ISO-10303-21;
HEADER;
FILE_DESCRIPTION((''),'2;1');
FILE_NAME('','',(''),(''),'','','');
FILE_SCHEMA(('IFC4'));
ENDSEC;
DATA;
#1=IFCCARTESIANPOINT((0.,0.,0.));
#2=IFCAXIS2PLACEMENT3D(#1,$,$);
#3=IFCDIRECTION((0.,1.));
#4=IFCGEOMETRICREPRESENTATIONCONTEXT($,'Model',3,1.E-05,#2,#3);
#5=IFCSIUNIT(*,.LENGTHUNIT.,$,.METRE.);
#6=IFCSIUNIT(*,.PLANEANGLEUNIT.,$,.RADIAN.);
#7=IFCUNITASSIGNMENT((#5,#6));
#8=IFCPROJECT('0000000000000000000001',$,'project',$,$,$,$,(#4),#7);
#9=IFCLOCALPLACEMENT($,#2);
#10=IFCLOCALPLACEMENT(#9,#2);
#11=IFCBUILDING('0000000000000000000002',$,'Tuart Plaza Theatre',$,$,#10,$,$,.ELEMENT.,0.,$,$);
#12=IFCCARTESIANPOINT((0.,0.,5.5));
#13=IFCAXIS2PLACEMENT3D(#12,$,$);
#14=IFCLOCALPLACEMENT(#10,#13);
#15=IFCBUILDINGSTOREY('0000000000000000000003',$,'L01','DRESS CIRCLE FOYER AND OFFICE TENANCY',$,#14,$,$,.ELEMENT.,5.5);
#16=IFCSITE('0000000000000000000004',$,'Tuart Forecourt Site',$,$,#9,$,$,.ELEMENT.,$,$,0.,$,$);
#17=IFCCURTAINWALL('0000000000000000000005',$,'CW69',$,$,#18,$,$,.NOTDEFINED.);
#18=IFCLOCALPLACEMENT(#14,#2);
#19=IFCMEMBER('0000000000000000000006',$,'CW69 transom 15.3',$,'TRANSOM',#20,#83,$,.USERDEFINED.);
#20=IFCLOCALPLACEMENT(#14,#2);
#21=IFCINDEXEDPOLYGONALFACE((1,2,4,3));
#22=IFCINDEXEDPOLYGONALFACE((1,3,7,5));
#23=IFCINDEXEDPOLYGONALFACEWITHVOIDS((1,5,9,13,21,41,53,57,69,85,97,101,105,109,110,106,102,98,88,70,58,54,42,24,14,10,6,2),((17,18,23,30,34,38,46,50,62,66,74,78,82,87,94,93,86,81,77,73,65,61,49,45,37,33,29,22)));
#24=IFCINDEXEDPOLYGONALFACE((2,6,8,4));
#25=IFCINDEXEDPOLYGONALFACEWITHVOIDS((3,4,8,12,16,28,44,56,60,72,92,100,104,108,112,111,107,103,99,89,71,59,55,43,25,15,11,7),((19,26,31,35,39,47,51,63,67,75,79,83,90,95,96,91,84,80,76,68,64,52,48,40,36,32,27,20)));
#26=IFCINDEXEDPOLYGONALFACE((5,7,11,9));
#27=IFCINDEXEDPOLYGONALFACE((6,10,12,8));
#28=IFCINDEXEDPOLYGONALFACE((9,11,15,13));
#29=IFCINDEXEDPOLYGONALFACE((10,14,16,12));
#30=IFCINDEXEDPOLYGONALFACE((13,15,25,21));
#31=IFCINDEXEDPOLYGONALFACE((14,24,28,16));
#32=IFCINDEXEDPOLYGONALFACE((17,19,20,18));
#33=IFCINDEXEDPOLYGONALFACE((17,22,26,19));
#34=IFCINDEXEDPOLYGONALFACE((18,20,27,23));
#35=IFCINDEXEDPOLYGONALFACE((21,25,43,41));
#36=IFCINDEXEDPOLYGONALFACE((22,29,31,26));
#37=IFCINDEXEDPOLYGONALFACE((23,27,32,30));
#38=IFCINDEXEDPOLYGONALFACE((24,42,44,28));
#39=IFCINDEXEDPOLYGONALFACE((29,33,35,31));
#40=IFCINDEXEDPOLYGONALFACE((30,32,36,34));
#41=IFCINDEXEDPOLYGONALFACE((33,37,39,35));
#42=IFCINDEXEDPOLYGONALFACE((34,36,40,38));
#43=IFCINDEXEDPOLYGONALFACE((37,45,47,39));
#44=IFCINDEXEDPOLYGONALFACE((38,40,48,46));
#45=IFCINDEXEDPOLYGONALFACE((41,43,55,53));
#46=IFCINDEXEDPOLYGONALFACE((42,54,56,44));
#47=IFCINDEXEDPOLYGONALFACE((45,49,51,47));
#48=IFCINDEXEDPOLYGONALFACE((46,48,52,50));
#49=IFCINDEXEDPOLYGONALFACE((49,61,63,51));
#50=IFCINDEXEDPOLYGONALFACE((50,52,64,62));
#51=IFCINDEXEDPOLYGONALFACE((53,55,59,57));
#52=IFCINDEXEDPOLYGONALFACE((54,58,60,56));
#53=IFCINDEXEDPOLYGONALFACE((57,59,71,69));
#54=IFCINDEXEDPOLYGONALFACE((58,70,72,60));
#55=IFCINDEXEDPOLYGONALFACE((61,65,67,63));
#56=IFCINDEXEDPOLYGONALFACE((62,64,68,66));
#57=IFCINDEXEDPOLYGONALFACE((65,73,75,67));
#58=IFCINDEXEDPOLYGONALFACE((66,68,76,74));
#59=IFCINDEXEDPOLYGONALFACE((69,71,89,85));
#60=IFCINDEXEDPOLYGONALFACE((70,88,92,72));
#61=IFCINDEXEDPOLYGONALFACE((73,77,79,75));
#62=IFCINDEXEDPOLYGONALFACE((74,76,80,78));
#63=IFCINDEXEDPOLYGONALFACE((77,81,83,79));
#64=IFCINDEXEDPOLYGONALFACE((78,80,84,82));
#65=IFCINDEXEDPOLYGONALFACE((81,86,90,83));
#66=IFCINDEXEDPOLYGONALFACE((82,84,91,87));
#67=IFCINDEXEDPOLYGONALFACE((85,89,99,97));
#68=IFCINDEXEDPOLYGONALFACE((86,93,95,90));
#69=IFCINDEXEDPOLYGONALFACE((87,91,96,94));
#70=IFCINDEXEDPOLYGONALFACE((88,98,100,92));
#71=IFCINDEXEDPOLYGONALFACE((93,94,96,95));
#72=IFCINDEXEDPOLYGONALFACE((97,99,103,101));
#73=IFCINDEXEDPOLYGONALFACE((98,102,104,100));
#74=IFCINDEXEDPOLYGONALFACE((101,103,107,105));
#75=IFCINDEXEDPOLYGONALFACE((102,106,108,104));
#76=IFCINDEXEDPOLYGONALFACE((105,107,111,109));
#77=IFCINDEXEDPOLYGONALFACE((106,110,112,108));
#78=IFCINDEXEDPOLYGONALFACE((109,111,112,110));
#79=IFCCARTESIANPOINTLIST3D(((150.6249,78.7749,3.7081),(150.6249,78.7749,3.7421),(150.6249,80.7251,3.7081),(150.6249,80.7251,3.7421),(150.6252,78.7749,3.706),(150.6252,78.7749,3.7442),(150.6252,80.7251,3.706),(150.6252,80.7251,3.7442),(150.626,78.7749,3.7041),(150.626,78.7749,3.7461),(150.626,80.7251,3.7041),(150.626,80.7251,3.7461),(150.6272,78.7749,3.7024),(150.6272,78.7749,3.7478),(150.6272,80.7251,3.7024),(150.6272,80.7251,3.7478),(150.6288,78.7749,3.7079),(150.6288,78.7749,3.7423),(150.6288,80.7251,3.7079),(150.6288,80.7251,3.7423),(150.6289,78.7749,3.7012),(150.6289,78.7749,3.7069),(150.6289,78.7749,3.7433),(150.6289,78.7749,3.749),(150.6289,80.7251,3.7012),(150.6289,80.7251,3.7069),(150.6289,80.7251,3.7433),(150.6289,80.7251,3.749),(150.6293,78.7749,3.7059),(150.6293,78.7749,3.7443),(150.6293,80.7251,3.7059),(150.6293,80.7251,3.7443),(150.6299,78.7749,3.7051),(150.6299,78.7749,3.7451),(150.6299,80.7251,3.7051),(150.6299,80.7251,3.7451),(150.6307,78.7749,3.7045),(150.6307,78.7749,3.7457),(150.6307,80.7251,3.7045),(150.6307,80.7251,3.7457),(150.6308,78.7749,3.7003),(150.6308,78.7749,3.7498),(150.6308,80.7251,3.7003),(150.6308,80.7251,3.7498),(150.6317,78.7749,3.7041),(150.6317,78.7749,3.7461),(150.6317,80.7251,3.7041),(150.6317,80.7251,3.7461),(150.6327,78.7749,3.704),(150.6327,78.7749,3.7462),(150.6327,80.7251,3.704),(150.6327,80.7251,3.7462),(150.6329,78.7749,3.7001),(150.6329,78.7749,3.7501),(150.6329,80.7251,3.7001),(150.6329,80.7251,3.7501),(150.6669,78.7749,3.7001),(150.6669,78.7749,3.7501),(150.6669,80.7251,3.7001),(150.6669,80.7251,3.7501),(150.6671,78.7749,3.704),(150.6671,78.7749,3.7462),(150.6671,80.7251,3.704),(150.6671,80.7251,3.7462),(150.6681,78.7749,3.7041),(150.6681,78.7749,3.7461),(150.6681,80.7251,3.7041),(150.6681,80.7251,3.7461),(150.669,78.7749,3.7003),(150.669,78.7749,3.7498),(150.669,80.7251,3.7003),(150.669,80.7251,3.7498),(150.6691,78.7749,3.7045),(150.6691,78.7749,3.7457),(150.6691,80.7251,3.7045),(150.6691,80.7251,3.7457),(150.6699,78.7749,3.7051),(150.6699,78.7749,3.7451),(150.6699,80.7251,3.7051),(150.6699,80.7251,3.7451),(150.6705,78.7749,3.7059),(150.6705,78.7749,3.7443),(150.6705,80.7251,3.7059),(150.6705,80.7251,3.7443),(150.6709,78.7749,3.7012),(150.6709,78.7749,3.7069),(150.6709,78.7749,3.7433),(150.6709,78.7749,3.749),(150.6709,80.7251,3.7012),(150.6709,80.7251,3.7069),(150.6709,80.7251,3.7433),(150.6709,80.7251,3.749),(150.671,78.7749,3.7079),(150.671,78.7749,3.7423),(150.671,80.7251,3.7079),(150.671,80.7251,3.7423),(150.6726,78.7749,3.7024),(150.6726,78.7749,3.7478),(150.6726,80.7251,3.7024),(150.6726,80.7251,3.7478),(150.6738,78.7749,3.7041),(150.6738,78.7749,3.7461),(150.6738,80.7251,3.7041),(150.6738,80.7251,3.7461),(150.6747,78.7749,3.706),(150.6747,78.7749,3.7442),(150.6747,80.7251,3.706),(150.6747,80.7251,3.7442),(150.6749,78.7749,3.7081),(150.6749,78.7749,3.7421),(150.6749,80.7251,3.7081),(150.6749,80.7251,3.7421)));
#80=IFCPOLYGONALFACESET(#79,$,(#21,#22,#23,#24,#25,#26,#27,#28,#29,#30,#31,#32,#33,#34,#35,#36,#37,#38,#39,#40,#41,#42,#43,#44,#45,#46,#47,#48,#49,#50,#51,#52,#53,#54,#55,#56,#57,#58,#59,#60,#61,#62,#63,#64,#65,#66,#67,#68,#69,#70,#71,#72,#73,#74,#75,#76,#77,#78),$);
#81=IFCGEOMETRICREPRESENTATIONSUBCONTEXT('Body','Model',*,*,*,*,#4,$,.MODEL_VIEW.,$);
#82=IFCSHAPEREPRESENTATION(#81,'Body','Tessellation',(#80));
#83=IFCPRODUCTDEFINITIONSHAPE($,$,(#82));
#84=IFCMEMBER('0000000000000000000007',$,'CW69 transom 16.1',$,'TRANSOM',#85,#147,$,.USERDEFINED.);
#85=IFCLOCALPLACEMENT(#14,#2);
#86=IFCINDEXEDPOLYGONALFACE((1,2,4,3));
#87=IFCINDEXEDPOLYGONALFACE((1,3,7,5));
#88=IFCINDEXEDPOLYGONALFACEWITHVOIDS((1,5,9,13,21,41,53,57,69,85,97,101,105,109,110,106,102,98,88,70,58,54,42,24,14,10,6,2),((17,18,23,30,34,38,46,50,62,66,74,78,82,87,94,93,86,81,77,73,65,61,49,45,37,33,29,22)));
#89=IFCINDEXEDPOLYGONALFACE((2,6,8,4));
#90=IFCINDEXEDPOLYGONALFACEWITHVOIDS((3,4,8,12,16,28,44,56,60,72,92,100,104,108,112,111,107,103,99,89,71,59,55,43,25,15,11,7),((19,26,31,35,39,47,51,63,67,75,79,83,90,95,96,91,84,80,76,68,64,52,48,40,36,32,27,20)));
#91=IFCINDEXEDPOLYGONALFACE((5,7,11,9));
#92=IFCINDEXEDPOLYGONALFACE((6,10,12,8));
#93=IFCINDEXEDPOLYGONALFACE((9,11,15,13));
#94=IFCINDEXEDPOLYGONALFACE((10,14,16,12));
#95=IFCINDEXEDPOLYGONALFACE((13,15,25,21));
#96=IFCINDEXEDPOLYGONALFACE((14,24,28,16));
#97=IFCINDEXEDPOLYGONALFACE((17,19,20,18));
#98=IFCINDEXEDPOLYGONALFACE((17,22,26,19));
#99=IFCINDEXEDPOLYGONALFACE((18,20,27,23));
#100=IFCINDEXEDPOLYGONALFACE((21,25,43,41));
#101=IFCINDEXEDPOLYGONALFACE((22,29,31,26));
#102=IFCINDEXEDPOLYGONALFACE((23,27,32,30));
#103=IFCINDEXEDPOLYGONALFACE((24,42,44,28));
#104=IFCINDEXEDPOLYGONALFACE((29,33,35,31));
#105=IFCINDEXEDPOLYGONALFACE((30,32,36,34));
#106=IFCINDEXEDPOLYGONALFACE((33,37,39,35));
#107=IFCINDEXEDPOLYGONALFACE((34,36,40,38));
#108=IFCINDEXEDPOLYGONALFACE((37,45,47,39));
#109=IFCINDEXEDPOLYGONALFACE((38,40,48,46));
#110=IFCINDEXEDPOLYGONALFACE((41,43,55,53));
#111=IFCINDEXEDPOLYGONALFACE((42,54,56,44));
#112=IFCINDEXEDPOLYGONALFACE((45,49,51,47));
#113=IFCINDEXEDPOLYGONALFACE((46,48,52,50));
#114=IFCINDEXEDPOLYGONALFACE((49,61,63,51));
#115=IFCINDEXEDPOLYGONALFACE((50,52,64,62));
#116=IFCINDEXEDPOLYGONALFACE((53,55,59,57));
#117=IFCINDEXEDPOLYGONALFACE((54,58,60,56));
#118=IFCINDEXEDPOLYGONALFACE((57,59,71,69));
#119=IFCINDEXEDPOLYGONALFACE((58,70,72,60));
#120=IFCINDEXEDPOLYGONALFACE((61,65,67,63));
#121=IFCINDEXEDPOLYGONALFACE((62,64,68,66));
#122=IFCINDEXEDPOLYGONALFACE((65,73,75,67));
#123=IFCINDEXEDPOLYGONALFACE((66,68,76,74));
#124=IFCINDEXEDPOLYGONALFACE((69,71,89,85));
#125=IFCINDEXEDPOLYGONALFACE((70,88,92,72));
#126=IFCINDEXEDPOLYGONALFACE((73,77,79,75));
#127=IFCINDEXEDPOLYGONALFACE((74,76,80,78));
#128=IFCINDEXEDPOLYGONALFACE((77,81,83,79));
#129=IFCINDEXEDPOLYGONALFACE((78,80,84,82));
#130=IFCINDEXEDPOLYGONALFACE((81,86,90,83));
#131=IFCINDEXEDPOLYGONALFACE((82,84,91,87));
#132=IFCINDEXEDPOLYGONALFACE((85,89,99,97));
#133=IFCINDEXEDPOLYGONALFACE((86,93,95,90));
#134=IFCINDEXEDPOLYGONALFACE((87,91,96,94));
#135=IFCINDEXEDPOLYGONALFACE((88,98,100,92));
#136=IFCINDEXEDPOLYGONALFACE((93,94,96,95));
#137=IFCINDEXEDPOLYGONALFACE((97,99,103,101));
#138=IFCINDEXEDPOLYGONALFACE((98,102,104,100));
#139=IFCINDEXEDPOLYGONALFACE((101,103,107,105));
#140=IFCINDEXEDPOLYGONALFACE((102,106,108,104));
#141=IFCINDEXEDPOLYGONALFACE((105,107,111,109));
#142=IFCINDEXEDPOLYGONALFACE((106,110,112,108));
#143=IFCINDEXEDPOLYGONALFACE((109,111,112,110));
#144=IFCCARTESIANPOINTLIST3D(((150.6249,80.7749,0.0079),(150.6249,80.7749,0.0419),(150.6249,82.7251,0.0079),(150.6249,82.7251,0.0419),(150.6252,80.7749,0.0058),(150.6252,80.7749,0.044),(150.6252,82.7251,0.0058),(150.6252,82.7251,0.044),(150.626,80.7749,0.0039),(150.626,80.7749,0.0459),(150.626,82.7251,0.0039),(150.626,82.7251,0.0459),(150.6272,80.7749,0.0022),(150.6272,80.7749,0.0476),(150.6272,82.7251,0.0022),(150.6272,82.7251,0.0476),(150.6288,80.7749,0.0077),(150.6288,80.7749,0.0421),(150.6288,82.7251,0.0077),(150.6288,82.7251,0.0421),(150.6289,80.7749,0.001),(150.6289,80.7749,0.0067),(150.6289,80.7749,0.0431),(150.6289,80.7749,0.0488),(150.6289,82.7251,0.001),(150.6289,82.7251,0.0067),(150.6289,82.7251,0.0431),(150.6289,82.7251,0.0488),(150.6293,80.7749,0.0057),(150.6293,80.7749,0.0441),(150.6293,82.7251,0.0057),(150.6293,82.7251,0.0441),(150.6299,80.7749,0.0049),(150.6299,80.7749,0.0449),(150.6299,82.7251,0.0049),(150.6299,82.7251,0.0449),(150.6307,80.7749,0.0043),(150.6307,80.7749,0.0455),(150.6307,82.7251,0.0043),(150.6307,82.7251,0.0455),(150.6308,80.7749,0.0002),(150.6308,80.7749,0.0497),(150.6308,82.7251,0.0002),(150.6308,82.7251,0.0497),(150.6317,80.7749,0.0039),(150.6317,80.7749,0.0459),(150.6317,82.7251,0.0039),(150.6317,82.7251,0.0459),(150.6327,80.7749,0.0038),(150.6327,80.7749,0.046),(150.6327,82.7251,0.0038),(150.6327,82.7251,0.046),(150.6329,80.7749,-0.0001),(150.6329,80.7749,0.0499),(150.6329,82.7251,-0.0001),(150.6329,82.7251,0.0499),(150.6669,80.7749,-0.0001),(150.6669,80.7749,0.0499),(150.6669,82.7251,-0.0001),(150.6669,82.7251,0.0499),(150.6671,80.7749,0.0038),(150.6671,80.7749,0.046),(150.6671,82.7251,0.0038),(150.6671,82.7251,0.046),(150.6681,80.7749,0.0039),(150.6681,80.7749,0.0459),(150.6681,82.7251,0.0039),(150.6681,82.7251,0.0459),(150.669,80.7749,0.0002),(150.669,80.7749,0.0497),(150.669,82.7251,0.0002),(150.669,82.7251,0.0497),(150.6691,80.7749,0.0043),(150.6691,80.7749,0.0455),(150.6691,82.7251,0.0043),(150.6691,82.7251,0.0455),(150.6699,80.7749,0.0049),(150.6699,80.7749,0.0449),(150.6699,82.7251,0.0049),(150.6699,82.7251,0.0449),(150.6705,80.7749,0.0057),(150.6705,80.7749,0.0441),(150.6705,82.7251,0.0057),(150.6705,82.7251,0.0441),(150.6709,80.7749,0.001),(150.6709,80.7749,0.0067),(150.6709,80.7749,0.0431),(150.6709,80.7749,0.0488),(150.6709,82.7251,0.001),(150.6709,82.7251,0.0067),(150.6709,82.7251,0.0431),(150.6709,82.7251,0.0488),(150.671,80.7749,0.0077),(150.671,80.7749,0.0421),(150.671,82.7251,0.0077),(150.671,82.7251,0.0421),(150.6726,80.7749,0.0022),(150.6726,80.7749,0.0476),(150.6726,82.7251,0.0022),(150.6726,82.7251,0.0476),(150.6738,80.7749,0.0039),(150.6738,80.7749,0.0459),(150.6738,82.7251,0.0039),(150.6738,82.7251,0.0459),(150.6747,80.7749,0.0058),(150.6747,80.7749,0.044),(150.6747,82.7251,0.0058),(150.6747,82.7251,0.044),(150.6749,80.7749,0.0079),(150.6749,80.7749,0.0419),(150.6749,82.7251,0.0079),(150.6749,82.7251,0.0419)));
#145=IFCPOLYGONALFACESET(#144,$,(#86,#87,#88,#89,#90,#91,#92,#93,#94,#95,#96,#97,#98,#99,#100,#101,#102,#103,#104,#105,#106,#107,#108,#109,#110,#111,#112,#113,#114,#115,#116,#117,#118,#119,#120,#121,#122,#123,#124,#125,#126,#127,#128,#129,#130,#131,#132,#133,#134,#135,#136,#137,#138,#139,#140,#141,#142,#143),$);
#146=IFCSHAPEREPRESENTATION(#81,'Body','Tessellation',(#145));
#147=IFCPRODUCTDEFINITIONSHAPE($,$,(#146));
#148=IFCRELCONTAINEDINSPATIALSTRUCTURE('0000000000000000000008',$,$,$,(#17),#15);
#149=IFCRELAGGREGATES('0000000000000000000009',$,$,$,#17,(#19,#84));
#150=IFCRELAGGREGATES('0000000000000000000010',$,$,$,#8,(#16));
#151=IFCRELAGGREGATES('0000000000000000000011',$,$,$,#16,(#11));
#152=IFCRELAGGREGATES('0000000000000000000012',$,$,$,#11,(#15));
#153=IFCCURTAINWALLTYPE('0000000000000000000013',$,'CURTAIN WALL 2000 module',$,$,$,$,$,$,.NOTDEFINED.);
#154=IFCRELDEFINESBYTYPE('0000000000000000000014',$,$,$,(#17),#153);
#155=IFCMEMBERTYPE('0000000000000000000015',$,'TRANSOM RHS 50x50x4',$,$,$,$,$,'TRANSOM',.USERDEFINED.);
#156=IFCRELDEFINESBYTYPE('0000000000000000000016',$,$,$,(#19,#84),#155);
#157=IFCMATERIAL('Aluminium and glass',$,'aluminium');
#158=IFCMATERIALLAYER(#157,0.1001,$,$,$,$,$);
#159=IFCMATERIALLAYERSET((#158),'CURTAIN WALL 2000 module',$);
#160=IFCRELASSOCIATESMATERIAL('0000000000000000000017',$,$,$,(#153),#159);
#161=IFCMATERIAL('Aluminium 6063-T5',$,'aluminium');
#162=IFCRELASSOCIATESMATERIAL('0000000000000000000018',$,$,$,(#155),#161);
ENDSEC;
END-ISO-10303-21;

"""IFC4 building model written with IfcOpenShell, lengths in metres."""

from ifc_helpers import new_model, si_unit, direction, frame, origin, origin_2d, place, context, subcontext, project, spatial, hollow_rectangle, extrude, material, layer, layer_set, material_profile, profile_set, type_object, element, aggregate, save


model = new_model("IFC4")

# Units and contexts
model_context = context("Model", 3, precision=1e-05, world=origin(), true_north=direction((0.0, 1.0)))
body_context = subcontext(model_context, "Body", "Model", "MODEL_VIEW")
ifc_project = project(units=[si_unit("LENGTHUNIT", "METRE"), si_unit("PLANEANGLEUNIT", "RADIAN")], contexts=[model_context])

# Site, building, storey
site_placement = place(None, origin())
site = spatial("IfcSite", under=ifc_project, at=site_placement, Name="Tuart Forecourt Site", CompositionType="ELEMENT", RefElevation=0.0)
building_placement = place(site_placement, origin())
building = spatial("IfcBuilding", under=site, at=building_placement, Name="Tuart Plaza Theatre", CompositionType="ELEMENT", ElevationOfRefHeight=0.0)
storey_placement = place(building_placement, frame((0.0, 0.0, 5.5)))
storey = spatial("IfcBuildingStorey", under=building, at=storey_placement, Name="L01", Description="DRESS CIRCLE FOYER AND OFFICE TENANCY", CompositionType="ELEMENT", Elevation=5.5)

# Curtain wall, members
ifc_material_1 = material(Name="Aluminium and glass", Category="aluminium")
ifc_layer_1 = layer(ifc_material_1, 0.1001)
ifc_layer_set_1 = layer_set([ifc_layer_1], Name="CURTAIN WALL 2000 module")
curtain_wall_type = type_object("IfcCurtainWallType", Name="CURTAIN WALL 2000 module", PredefinedType="NOTDEFINED", material=ifc_layer_set_1)
curtain_wall_placement = place(storey_placement, origin())
curtain_wall = element("IfcCurtainWall", 1, at=curtain_wall_placement, inside=storey, type_object=curtain_wall_type, Name="CW69", PredefinedType="NOTDEFINED")
ifc_material_2 = material(Name="Aluminium 6063-T5", Category="aluminium")
ifc_material_profile_1 = material_profile(ifc_material_2, hollow_rectangle(XDim=0.05, YDim=0.05, WallThickness=0.0039, InnerFilletRadius=0.0039, OuterFilletRadius=0.0081, at=origin_2d()), Name="RHS 50x50x4")
ifc_profile_set_1 = profile_set([ifc_material_profile_1], Name="Aluminium 6063-T5")
member_type_1 = type_object("IfcMemberType", Name="TRANSOM RHS 50x50x4", ElementType="TRANSOM", PredefinedType="USERDEFINED", material=ifc_profile_set_1)
member_1_placement = place(storey_placement, frame((150.6499, 78.7749, 3.7251), z_axis=(0.0, 1.0, 0.0), x_axis=(-1.0, 0.0, 0.0)))
member_1 = element("IfcMember", 2, at=member_1_placement, type_object=member_type_1, Name="CW69 transom 15.3", ObjectType="TRANSOM", PredefinedType="USERDEFINED", context=body_context, shape_type="SweptSolid", body=[
    extrude(hollow_rectangle(XDim=0.05, YDim=0.05, WallThickness=0.0039, InnerFilletRadius=0.0039, OuterFilletRadius=0.0081, at=origin_2d()), origin(), (0.0, 0.0, 1.0), 1.9502),
])
member_2_placement = place(storey_placement, frame((150.6499, 80.7749, 0.0249), z_axis=(0.0, 1.0, 0.0), x_axis=(-1.0, 0.0, 0.0)))
member_2 = element("IfcMember", 3, at=member_2_placement, type_object=member_type_1, Name="CW69 transom 16.1", ObjectType="TRANSOM", PredefinedType="USERDEFINED", context=body_context, shape_type="SweptSolid", body=[
    extrude(hollow_rectangle(XDim=0.05, YDim=0.05, WallThickness=0.0039, InnerFilletRadius=0.0039, OuterFilletRadius=0.0081, at=origin_2d()), origin(), (0.0, 0.0, 1.0), 1.9502),
])
aggregate(curtain_wall, [member_1, member_2])

save(model, "model.ifc")
